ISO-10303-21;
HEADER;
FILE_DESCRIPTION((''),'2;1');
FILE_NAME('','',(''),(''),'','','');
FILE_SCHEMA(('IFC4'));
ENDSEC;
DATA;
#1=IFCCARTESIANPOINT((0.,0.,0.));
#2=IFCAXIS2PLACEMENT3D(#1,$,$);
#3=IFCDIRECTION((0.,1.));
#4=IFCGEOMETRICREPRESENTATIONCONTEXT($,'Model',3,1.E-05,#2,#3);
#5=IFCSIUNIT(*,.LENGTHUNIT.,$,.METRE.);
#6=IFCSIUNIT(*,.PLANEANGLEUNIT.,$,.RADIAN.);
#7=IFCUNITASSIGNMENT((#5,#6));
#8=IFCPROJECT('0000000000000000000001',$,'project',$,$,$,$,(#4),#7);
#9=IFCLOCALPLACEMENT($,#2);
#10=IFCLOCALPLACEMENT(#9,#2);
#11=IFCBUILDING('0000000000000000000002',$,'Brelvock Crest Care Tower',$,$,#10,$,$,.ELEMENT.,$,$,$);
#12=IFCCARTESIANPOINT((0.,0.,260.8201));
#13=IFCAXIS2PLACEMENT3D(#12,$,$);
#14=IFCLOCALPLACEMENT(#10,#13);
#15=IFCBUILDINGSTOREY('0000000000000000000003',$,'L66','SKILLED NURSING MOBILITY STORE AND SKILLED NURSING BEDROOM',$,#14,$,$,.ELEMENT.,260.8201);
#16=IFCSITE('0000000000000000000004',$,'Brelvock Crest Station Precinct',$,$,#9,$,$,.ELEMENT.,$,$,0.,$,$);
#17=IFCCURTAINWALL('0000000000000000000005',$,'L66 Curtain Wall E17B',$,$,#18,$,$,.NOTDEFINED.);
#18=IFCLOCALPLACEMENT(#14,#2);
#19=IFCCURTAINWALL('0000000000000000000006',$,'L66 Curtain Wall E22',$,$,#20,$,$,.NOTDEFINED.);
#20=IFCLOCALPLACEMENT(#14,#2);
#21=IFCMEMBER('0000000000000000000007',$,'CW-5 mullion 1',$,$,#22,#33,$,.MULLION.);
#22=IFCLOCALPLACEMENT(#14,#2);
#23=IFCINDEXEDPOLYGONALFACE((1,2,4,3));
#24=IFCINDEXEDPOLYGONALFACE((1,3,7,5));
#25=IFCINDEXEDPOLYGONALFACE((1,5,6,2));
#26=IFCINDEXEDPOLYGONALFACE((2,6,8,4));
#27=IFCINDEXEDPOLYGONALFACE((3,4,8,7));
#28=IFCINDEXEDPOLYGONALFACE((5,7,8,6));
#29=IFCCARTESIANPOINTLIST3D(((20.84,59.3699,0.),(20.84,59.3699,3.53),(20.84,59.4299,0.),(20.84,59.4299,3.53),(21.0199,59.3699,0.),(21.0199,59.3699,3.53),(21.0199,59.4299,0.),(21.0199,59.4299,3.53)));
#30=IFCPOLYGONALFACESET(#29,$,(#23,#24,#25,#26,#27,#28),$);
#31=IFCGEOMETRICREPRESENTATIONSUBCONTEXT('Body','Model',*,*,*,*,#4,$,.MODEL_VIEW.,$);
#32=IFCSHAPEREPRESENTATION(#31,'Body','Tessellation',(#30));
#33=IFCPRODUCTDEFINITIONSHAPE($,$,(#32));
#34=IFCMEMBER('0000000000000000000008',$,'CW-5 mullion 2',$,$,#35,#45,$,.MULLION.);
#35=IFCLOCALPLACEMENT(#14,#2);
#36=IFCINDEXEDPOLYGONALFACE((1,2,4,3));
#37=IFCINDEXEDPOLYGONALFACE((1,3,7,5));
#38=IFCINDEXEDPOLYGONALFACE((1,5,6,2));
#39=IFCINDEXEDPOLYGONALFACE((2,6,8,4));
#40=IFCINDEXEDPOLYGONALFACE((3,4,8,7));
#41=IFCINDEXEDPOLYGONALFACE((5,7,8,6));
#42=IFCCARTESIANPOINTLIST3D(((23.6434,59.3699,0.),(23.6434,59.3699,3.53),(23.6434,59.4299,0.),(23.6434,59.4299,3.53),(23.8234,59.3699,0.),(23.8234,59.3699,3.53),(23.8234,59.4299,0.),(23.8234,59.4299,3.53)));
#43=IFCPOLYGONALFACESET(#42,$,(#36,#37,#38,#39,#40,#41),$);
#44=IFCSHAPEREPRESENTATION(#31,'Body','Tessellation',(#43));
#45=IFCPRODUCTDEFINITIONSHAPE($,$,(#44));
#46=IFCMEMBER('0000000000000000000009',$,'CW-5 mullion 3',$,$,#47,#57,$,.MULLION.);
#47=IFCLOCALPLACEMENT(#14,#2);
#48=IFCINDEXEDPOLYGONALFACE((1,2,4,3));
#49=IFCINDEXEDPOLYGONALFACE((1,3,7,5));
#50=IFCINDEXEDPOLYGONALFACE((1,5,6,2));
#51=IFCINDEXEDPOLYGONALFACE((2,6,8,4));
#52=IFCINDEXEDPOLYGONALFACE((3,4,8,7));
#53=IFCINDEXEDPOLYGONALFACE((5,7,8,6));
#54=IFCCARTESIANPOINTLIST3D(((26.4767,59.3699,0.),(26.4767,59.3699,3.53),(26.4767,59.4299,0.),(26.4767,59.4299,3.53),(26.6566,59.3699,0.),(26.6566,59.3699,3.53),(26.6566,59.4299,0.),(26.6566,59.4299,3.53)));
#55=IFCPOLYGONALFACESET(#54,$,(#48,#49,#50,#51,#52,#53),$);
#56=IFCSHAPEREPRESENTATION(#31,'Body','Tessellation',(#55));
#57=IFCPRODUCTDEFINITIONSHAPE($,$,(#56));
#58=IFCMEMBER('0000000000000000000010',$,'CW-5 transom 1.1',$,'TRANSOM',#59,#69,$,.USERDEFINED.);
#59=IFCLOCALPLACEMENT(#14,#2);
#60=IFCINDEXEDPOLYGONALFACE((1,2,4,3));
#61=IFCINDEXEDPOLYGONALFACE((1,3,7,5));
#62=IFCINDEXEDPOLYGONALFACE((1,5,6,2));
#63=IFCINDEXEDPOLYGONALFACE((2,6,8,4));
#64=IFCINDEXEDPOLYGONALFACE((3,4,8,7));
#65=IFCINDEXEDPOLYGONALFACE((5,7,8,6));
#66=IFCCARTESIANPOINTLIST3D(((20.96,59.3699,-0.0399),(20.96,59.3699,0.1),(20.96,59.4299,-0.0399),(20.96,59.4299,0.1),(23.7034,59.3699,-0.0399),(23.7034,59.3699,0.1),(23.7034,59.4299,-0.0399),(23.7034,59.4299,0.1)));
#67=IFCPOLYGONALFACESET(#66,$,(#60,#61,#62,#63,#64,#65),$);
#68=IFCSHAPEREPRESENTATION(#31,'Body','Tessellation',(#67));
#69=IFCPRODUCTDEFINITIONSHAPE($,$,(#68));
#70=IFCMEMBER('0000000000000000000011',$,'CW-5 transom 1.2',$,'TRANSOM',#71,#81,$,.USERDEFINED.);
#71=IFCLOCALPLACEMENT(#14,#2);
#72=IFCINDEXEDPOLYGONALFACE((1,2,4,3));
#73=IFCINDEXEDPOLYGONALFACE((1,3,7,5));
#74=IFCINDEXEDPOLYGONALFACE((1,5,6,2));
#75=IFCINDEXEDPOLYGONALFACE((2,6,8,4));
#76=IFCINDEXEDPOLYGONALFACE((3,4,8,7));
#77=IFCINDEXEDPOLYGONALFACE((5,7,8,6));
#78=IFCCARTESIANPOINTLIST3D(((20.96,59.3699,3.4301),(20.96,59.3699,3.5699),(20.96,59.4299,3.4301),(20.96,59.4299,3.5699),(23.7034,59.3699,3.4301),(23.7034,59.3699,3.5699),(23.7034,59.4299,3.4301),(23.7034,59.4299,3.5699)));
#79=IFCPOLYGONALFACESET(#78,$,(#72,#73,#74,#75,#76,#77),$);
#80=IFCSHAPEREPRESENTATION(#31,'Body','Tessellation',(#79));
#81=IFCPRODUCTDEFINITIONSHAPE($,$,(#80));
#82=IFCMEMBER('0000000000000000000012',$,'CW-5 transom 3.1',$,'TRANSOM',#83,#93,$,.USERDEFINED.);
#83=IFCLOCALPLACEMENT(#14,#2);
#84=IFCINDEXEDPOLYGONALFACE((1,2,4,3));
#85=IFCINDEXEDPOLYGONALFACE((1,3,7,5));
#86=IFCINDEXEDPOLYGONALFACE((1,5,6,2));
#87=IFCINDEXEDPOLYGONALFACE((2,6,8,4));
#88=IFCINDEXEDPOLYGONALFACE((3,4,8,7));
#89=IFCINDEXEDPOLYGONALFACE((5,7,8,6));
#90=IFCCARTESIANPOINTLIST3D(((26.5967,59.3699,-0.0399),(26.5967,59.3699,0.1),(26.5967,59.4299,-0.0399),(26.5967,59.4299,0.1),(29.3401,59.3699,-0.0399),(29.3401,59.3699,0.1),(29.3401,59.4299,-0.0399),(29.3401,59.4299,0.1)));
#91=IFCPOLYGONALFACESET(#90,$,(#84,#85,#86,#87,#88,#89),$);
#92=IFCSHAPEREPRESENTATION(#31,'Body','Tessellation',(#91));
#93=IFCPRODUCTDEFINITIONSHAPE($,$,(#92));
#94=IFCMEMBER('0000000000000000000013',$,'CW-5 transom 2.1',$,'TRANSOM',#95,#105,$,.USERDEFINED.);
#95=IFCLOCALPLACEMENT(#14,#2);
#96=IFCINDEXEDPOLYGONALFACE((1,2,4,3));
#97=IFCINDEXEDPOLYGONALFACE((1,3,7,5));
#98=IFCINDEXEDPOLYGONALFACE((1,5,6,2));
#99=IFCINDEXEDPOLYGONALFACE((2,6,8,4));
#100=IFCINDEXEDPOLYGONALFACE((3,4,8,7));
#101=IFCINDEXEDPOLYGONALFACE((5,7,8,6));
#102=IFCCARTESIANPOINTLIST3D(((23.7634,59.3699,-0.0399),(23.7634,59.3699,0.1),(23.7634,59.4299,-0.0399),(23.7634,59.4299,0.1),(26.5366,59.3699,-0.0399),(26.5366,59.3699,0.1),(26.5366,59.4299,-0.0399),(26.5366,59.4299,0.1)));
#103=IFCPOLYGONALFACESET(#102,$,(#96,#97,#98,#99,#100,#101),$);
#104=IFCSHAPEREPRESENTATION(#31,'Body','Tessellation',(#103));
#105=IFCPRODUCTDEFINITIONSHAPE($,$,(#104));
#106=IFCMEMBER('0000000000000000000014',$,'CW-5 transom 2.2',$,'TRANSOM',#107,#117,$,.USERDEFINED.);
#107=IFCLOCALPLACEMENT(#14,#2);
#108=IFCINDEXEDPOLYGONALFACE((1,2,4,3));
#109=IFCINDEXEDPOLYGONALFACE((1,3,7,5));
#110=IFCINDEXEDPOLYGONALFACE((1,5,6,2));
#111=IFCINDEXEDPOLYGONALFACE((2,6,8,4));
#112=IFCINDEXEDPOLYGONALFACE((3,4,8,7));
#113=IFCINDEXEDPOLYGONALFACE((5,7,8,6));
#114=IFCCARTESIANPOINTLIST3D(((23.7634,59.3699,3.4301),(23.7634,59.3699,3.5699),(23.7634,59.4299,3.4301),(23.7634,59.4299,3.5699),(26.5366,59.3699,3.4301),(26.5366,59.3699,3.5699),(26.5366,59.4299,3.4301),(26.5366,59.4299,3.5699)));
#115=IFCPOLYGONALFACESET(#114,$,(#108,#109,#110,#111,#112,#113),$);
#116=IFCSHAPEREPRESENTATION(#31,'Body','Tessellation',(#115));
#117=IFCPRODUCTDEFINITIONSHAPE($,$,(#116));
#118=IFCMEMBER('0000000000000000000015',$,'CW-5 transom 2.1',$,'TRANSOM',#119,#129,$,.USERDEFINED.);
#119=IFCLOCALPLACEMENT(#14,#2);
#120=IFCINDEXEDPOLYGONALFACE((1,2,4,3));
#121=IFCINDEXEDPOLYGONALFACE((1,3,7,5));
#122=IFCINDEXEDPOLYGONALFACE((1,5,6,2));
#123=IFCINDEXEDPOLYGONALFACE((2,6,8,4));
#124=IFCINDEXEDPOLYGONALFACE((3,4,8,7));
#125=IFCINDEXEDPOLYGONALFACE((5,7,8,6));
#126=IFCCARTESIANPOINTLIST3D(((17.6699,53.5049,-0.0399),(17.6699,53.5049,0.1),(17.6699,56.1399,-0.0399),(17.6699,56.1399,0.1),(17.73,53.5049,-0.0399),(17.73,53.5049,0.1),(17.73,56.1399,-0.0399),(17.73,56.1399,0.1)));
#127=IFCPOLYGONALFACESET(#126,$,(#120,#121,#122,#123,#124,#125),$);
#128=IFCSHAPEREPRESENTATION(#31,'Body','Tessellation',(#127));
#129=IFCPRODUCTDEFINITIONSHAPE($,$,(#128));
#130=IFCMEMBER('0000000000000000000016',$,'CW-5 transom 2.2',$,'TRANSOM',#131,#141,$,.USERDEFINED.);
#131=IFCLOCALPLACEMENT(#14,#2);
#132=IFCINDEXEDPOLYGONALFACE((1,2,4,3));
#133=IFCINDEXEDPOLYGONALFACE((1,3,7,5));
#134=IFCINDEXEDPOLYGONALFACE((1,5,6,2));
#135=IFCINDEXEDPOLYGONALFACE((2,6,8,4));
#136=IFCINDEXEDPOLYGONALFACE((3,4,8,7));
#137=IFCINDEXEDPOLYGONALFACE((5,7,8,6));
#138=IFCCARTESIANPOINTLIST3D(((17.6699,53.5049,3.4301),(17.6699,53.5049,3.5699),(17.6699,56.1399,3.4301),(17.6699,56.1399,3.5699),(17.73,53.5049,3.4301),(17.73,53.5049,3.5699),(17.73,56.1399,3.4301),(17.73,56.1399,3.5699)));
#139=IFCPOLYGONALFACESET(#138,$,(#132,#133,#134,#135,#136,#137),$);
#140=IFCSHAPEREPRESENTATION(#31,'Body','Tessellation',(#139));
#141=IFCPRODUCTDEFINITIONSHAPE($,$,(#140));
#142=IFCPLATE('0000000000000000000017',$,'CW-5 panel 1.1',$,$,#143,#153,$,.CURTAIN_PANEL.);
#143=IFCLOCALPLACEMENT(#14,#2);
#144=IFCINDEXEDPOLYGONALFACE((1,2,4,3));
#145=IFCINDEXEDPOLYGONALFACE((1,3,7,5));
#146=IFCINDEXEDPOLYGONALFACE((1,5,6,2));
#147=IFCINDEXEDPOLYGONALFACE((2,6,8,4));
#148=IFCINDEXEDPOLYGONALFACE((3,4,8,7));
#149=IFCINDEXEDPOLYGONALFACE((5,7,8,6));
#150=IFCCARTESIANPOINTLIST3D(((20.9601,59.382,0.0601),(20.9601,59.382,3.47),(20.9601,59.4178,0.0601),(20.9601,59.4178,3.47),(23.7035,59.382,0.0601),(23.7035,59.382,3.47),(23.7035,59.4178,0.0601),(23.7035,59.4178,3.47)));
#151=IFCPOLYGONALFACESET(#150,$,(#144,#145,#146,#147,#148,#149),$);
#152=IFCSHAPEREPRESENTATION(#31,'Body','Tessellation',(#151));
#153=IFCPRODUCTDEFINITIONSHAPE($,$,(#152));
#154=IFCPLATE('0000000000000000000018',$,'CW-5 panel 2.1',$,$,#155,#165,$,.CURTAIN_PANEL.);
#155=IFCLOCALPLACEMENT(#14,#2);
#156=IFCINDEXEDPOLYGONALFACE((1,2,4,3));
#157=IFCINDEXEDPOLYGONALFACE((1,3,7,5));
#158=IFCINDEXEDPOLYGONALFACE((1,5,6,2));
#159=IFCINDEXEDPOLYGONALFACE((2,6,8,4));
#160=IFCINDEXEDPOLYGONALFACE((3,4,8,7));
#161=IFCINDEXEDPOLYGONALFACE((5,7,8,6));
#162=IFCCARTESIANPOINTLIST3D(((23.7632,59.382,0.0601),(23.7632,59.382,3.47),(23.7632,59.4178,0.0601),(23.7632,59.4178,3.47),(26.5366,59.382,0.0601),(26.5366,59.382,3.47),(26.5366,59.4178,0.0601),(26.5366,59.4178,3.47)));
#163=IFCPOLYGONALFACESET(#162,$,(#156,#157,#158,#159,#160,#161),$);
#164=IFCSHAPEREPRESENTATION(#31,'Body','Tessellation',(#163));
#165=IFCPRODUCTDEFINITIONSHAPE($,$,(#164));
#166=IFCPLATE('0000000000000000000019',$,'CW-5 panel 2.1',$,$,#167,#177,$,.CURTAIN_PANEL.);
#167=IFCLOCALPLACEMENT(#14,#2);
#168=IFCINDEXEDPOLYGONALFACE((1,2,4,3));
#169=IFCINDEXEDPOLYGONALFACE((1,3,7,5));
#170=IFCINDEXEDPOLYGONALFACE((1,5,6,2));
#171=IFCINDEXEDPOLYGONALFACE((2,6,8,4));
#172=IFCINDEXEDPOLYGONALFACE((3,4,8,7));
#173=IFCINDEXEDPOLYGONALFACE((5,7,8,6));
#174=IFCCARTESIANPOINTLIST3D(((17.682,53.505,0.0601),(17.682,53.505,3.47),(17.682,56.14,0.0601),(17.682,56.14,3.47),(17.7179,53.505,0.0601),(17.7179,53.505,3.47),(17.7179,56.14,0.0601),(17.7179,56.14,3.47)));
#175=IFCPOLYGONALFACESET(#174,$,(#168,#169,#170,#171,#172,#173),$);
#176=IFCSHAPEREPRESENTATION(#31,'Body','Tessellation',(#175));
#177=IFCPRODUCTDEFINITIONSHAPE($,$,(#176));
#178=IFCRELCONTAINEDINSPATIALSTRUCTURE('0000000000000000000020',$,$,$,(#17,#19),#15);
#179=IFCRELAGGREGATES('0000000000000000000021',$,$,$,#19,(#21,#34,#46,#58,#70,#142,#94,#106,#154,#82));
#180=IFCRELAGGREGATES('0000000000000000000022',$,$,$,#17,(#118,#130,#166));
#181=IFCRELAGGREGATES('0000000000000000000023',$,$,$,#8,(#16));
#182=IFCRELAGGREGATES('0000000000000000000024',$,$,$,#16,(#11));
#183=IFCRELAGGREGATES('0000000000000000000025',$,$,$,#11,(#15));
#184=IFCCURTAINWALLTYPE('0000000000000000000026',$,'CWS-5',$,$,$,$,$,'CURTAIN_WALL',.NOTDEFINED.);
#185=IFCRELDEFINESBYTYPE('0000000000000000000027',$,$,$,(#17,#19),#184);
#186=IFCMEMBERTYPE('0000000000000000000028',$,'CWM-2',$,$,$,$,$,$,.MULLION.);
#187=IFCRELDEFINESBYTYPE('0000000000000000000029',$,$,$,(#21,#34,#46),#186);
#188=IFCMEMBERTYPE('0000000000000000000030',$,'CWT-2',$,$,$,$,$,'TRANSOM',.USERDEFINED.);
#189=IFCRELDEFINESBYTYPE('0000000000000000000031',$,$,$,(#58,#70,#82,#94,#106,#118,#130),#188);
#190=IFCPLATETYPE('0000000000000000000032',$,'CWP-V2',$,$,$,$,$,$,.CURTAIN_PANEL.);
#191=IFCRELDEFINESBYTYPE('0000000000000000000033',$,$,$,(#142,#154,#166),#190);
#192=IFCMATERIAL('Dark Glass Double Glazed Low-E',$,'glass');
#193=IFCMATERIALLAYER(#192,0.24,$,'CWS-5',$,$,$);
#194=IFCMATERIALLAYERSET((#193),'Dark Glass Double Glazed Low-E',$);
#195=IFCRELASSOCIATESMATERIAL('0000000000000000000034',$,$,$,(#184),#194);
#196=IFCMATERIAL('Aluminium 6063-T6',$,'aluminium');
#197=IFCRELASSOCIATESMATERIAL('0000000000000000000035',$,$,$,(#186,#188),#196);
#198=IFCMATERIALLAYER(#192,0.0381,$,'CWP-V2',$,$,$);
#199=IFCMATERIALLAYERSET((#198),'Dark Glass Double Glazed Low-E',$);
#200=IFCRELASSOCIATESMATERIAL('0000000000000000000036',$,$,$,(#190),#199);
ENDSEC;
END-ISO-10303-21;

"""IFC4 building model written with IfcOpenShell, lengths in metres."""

from ifc_helpers import new_model, si_unit, direction, frame, origin, origin_2d, place, context, subcontext, project, spatial, rectangle, extrude, source, transform, mapped, material, layer, layer_set, material_profile, profile_set, type_object, element, aggregate, save


model = new_model("IFC4")

# Units and contexts
model_context = context("Model", 3, precision=1e-05, world=origin(), true_north=direction((0.0, 1.0)))
body_context = subcontext(model_context, "Body", "Model", "MODEL_VIEW")
ifc_project = project(units=[si_unit("LENGTHUNIT", "METRE"), si_unit("PLANEANGLEUNIT", "RADIAN")], contexts=[model_context])

# Site, building, storey
site_placement = place(None, origin())
site = spatial("IfcSite", under=ifc_project, at=site_placement, Name="Brelvock Crest Station Precinct", CompositionType="ELEMENT", RefElevation=0.0)
building_placement = place(site_placement, origin())
building = spatial("IfcBuilding", under=site, at=building_placement, Name="Brelvock Crest Care Tower", CompositionType="ELEMENT")
storey_placement = place(building_placement, frame((0.0, 0.0, 260.8201)))
storey = spatial("IfcBuildingStorey", under=building, at=storey_placement, Name="L66", Description="SKILLED NURSING MOBILITY STORE AND SKILLED NURSING BEDROOM", CompositionType="ELEMENT", Elevation=260.8201)

# Curtain walls, members
ifc_material_1 = material(Name="Dark Glass Double Glazed Low-E", Category="glass")
ifc_layer_1 = layer(ifc_material_1, 0.24, Name="CWS-5")
ifc_layer_set_1 = layer_set([ifc_layer_1], Name="Dark Glass Double Glazed Low-E")
curtain_wall_type = type_object("IfcCurtainWallType", Name="CWS-5", ElementType="CURTAIN_WALL", PredefinedType="NOTDEFINED", material=ifc_layer_set_1)
curtain_wall_1_placement = place(storey_placement, origin())
curtain_wall_1 = element("IfcCurtainWall", 1, at=curtain_wall_1_placement, inside=storey, type_object=curtain_wall_type, Name="L66 Curtain Wall E17B", PredefinedType="NOTDEFINED")
ifc_material_2 = material(Name="Aluminium 6063-T6", Category="aluminium")
ifc_material_profile_1 = material_profile(ifc_material_2, rectangle(XDim=0.0601, YDim=0.1799, at=origin_2d()), Name="ALU60x180")
ifc_profile_set_1 = profile_set([ifc_material_profile_1], Name="Aluminium 6063-T6")
member_type_1 = type_object("IfcMemberType", Name="CWM-2", PredefinedType="MULLION", material=ifc_profile_set_1)
shared_shape_1 = source(origin(), body_context, "Body", "SweptSolid", [
    extrude(rectangle(XDim=0.0601, YDim=0.1799, at=origin_2d()), origin(), (0.0, 0.0, 1.0), 3.53),
])
curtain_wall_2_placement = place(storey_placement, origin())
curtain_wall_2 = element("IfcCurtainWall", 2, at=curtain_wall_2_placement, inside=storey, type_object=curtain_wall_type, Name="L66 Curtain Wall E22", PredefinedType="NOTDEFINED")
member_1_placement = place(storey_placement, frame((20.9299, 59.3999, 0.0), z_axis=(0.0, 0.0, 1.0), x_axis=(0.0, 1.0, 0.0)))
member_1 = element("IfcMember", 3, at=member_1_placement, type_object=member_type_1, Name="CW-5 mullion 1", PredefinedType="MULLION", context=body_context, shape_type="MappedRepresentation", body=[
    mapped(shared_shape_1, transform((0.0, 0.0, 0.0), x_axis=(1.0, 0.0, 0.0), y_axis=(0.0, 1.0, 0.0), z_axis=(0.0, 0.0, 1.0), scale=1.0)),
])
member_2_placement = place(storey_placement, frame((23.7334, 59.3999, 0.0), z_axis=(0.0, 0.0, 1.0), x_axis=(0.0, 1.0, 0.0)))
member_2 = element("IfcMember", 4, at=member_2_placement, type_object=member_type_1, Name="CW-5 mullion 2", PredefinedType="MULLION", context=body_context, shape_type="MappedRepresentation", body=[
    mapped(shared_shape_1, transform((0.0, 0.0, 0.0), x_axis=(1.0, 0.0, 0.0), y_axis=(0.0, 1.0, 0.0), z_axis=(0.0, 0.0, 1.0), scale=1.0)),
])
member_3_placement = place(storey_placement, frame((26.5667, 59.3999, 0.0), z_axis=(0.0, 0.0, 1.0), x_axis=(0.0, 1.0, 0.0)))
member_3 = element("IfcMember", 5, at=member_3_placement, type_object=member_type_1, Name="CW-5 mullion 3", PredefinedType="MULLION", context=body_context, shape_type="MappedRepresentation", body=[
    mapped(shared_shape_1, transform((0.0, 0.0, 0.0), x_axis=(1.0, 0.0, 0.0), y_axis=(0.0, 1.0, 0.0), z_axis=(0.0, 0.0, 1.0), scale=1.0)),
])
ifc_material_profile_2 = material_profile(ifc_material_2, rectangle(XDim=0.0601, YDim=0.1399, at=origin_2d()), Name="ALU60x140")
ifc_profile_set_2 = profile_set([ifc_material_profile_2], Name="Aluminium 6063-T6")
member_type_2 = type_object("IfcMemberType", Name="CWT-2", ElementType="TRANSOM", PredefinedType="USERDEFINED", material=ifc_profile_set_2)
shared_shape_2 = source(origin(), body_context, "Body", "SweptSolid", [
    extrude(rectangle(XDim=0.0601, YDim=0.1399, at=origin_2d()), origin(), (0.0, 0.0, 1.0), 2.7434),
])
member_4_placement = place(storey_placement, frame((20.96, 59.3999, 0.03), z_axis=(1.0, 0.0, 0.0), x_axis=(0.0, 1.0, 0.0)))
member_4 = element("IfcMember", 6, at=member_4_placement, type_object=member_type_2, Name="CW-5 transom 1.1", ObjectType="TRANSOM", PredefinedType="USERDEFINED", context=body_context, shape_type="MappedRepresentation", body=[
    mapped(shared_shape_2, transform((0.0, 0.0, 0.0), x_axis=(1.0, 0.0, 0.0), y_axis=(0.0, 1.0, 0.0), z_axis=(0.0, 0.0, 1.0), scale=1.0)),
])
member_5_placement = place(storey_placement, frame((20.96, 59.3999, 3.5), z_axis=(1.0, 0.0, 0.0), x_axis=(0.0, 1.0, 0.0)))
member_5 = element("IfcMember", 7, at=member_5_placement, type_object=member_type_2, Name="CW-5 transom 1.2", ObjectType="TRANSOM", PredefinedType="USERDEFINED", context=body_context, shape_type="MappedRepresentation", body=[
    mapped(shared_shape_2, transform((0.0, 0.0, 0.0), x_axis=(1.0, 0.0, 0.0), y_axis=(0.0, 1.0, 0.0), z_axis=(0.0, 0.0, 1.0), scale=1.0)),
])
member_6_placement = place(storey_placement, frame((26.5967, 59.3999, 0.03), z_axis=(1.0, 0.0, 0.0), x_axis=(0.0, 1.0, 0.0)))
member_6 = element("IfcMember", 8, at=member_6_placement, type_object=member_type_2, Name="CW-5 transom 3.1", ObjectType="TRANSOM", PredefinedType="USERDEFINED", context=body_context, shape_type="MappedRepresentation", body=[
    mapped(shared_shape_2, transform((0.0, 0.0, 0.0), x_axis=(1.0, 0.0, 0.0), y_axis=(0.0, 1.0, 0.0), z_axis=(0.0, 0.0, 1.0), scale=1.0)),
])
shared_shape_3 = source(origin(), body_context, "Body", "SweptSolid", [
    extrude(rectangle(XDim=0.0601, YDim=0.1399, at=origin_2d()), origin(), (0.0, 0.0, 1.0), 2.7732),
])
member_7_placement = place(storey_placement, frame((23.7634, 59.3999, 0.03), z_axis=(1.0, 0.0, 0.0), x_axis=(0.0, 1.0, 0.0)))
member_7 = element("IfcMember", 9, at=member_7_placement, type_object=member_type_2, Name="CW-5 transom 2.1", ObjectType="TRANSOM", PredefinedType="USERDEFINED", context=body_context, shape_type="MappedRepresentation", body=[
    mapped(shared_shape_3, transform((0.0, 0.0, 0.0), x_axis=(1.0, 0.0, 0.0), y_axis=(0.0, 1.0, 0.0), z_axis=(0.0, 0.0, 1.0), scale=1.0)),
])
member_8_placement = place(storey_placement, frame((23.7634, 59.3999, 3.5), z_axis=(1.0, 0.0, 0.0), x_axis=(0.0, 1.0, 0.0)))
member_8 = element("IfcMember", 10, at=member_8_placement, type_object=member_type_2, Name="CW-5 transom 2.2", ObjectType="TRANSOM", PredefinedType="USERDEFINED", context=body_context, shape_type="MappedRepresentation", body=[
    mapped(shared_shape_3, transform((0.0, 0.0, 0.0), x_axis=(1.0, 0.0, 0.0), y_axis=(0.0, 1.0, 0.0), z_axis=(0.0, 0.0, 1.0), scale=1.0)),
])

# Members
shared_shape_4 = source(origin(), body_context, "Body", "SweptSolid", [
    extrude(rectangle(XDim=0.0601, YDim=0.1399, at=origin_2d()), origin(), (0.0, 0.0, 1.0), 2.635),
])
member_9_placement = place(storey_placement, frame((17.7, 53.5049, 0.03), z_axis=(0.0, 1.0, 0.0), x_axis=(-1.0, 0.0, 0.0)))
member_9 = element("IfcMember", 11, at=member_9_placement, type_object=member_type_2, Name="CW-5 transom 2.1", ObjectType="TRANSOM", PredefinedType="USERDEFINED", context=body_context, shape_type="MappedRepresentation", body=[
    mapped(shared_shape_4, transform((0.0, 0.0, 0.0), x_axis=(1.0, 0.0, 0.0), y_axis=(0.0, 1.0, 0.0), z_axis=(0.0, 0.0, 1.0), scale=1.0)),
])
member_10_placement = place(storey_placement, frame((17.7, 53.5049, 3.5), z_axis=(0.0, 1.0, 0.0), x_axis=(-1.0, 0.0, 0.0)))
member_10 = element("IfcMember", 12, at=member_10_placement, type_object=member_type_2, Name="CW-5 transom 2.2", ObjectType="TRANSOM", PredefinedType="USERDEFINED", context=body_context, shape_type="MappedRepresentation", body=[
    mapped(shared_shape_4, transform((0.0, 0.0, 0.0), x_axis=(1.0, 0.0, 0.0), y_axis=(0.0, 1.0, 0.0), z_axis=(0.0, 0.0, 1.0), scale=1.0)),
])

# Plates
ifc_layer_2 = layer(ifc_material_1, 0.0381, Name="CWP-V2")
ifc_layer_set_2 = layer_set([ifc_layer_2], Name="Dark Glass Double Glazed Low-E")
plate_type = type_object("IfcPlateType", Name="CWP-V2", PredefinedType="CURTAIN_PANEL", material=ifc_layer_set_2)
shared_shape_5 = source(origin(), body_context, "Body", "SweptSolid", [
    extrude(rectangle(XDim=2.7434, YDim=0.0359, at=origin_2d()), origin(), (0.0, 0.0, 1.0), 3.4099),
])
plate_1_placement = place(storey_placement, frame((22.3318, 59.3999, 0.0601), z_axis=(0.0, 0.0, 1.0), x_axis=(1.0, 0.0, 0.0)))
plate_1 = element("IfcPlate", 13, at=plate_1_placement, type_object=plate_type, Name="CW-5 panel 1.1", PredefinedType="CURTAIN_PANEL", context=body_context, shape_type="MappedRepresentation", body=[
    mapped(shared_shape_5, transform((0.0, 0.0, 0.0), x_axis=(1.0, 0.0, 0.0), y_axis=(0.0, 1.0, 0.0), z_axis=(0.0, 0.0, 1.0), scale=1.0)),
])
shared_shape_6 = source(origin(), body_context, "Body", "SweptSolid", [
    extrude(rectangle(XDim=2.7734, YDim=0.0359, at=origin_2d()), origin(), (0.0, 0.0, 1.0), 3.4099),
])
plate_2_placement = place(storey_placement, frame((25.1499, 59.3999, 0.0601), z_axis=(0.0, 0.0, 1.0), x_axis=(1.0, 0.0, 0.0)))
plate_2 = element("IfcPlate", 14, at=plate_2_placement, type_object=plate_type, Name="CW-5 panel 2.1", PredefinedType="CURTAIN_PANEL", context=body_context, shape_type="MappedRepresentation", body=[
    mapped(shared_shape_6, transform((0.0, 0.0, 0.0), x_axis=(1.0, 0.0, 0.0), y_axis=(0.0, 1.0, 0.0), z_axis=(0.0, 0.0, 1.0), scale=1.0)),
])
aggregate(curtain_wall_2, [member_1, member_2, member_3, member_4, member_5, plate_1, member_7, member_8, plate_2, member_6])
shared_shape_7 = source(origin(), body_context, "Body", "SweptSolid", [
    extrude(rectangle(XDim=2.635, YDim=0.0359, at=origin_2d()), origin(), (0.0, 0.0, 1.0), 3.4099),
])
plate_3_placement = place(storey_placement, frame((17.7, 54.8225, 0.0601), z_axis=(0.0, 0.0, 1.0), x_axis=(0.0, 1.0, 0.0)))
plate_3 = element("IfcPlate", 15, at=plate_3_placement, type_object=plate_type, Name="CW-5 panel 2.1", PredefinedType="CURTAIN_PANEL", context=body_context, shape_type="MappedRepresentation", body=[
    mapped(shared_shape_7, transform((0.0, 0.0, 0.0), x_axis=(1.0, 0.0, 0.0), y_axis=(0.0, 1.0, 0.0), z_axis=(0.0, 0.0, 1.0), scale=1.0)),
])
aggregate(curtain_wall_1, [member_9, member_10, plate_3])

save(model, "model.ifc")
